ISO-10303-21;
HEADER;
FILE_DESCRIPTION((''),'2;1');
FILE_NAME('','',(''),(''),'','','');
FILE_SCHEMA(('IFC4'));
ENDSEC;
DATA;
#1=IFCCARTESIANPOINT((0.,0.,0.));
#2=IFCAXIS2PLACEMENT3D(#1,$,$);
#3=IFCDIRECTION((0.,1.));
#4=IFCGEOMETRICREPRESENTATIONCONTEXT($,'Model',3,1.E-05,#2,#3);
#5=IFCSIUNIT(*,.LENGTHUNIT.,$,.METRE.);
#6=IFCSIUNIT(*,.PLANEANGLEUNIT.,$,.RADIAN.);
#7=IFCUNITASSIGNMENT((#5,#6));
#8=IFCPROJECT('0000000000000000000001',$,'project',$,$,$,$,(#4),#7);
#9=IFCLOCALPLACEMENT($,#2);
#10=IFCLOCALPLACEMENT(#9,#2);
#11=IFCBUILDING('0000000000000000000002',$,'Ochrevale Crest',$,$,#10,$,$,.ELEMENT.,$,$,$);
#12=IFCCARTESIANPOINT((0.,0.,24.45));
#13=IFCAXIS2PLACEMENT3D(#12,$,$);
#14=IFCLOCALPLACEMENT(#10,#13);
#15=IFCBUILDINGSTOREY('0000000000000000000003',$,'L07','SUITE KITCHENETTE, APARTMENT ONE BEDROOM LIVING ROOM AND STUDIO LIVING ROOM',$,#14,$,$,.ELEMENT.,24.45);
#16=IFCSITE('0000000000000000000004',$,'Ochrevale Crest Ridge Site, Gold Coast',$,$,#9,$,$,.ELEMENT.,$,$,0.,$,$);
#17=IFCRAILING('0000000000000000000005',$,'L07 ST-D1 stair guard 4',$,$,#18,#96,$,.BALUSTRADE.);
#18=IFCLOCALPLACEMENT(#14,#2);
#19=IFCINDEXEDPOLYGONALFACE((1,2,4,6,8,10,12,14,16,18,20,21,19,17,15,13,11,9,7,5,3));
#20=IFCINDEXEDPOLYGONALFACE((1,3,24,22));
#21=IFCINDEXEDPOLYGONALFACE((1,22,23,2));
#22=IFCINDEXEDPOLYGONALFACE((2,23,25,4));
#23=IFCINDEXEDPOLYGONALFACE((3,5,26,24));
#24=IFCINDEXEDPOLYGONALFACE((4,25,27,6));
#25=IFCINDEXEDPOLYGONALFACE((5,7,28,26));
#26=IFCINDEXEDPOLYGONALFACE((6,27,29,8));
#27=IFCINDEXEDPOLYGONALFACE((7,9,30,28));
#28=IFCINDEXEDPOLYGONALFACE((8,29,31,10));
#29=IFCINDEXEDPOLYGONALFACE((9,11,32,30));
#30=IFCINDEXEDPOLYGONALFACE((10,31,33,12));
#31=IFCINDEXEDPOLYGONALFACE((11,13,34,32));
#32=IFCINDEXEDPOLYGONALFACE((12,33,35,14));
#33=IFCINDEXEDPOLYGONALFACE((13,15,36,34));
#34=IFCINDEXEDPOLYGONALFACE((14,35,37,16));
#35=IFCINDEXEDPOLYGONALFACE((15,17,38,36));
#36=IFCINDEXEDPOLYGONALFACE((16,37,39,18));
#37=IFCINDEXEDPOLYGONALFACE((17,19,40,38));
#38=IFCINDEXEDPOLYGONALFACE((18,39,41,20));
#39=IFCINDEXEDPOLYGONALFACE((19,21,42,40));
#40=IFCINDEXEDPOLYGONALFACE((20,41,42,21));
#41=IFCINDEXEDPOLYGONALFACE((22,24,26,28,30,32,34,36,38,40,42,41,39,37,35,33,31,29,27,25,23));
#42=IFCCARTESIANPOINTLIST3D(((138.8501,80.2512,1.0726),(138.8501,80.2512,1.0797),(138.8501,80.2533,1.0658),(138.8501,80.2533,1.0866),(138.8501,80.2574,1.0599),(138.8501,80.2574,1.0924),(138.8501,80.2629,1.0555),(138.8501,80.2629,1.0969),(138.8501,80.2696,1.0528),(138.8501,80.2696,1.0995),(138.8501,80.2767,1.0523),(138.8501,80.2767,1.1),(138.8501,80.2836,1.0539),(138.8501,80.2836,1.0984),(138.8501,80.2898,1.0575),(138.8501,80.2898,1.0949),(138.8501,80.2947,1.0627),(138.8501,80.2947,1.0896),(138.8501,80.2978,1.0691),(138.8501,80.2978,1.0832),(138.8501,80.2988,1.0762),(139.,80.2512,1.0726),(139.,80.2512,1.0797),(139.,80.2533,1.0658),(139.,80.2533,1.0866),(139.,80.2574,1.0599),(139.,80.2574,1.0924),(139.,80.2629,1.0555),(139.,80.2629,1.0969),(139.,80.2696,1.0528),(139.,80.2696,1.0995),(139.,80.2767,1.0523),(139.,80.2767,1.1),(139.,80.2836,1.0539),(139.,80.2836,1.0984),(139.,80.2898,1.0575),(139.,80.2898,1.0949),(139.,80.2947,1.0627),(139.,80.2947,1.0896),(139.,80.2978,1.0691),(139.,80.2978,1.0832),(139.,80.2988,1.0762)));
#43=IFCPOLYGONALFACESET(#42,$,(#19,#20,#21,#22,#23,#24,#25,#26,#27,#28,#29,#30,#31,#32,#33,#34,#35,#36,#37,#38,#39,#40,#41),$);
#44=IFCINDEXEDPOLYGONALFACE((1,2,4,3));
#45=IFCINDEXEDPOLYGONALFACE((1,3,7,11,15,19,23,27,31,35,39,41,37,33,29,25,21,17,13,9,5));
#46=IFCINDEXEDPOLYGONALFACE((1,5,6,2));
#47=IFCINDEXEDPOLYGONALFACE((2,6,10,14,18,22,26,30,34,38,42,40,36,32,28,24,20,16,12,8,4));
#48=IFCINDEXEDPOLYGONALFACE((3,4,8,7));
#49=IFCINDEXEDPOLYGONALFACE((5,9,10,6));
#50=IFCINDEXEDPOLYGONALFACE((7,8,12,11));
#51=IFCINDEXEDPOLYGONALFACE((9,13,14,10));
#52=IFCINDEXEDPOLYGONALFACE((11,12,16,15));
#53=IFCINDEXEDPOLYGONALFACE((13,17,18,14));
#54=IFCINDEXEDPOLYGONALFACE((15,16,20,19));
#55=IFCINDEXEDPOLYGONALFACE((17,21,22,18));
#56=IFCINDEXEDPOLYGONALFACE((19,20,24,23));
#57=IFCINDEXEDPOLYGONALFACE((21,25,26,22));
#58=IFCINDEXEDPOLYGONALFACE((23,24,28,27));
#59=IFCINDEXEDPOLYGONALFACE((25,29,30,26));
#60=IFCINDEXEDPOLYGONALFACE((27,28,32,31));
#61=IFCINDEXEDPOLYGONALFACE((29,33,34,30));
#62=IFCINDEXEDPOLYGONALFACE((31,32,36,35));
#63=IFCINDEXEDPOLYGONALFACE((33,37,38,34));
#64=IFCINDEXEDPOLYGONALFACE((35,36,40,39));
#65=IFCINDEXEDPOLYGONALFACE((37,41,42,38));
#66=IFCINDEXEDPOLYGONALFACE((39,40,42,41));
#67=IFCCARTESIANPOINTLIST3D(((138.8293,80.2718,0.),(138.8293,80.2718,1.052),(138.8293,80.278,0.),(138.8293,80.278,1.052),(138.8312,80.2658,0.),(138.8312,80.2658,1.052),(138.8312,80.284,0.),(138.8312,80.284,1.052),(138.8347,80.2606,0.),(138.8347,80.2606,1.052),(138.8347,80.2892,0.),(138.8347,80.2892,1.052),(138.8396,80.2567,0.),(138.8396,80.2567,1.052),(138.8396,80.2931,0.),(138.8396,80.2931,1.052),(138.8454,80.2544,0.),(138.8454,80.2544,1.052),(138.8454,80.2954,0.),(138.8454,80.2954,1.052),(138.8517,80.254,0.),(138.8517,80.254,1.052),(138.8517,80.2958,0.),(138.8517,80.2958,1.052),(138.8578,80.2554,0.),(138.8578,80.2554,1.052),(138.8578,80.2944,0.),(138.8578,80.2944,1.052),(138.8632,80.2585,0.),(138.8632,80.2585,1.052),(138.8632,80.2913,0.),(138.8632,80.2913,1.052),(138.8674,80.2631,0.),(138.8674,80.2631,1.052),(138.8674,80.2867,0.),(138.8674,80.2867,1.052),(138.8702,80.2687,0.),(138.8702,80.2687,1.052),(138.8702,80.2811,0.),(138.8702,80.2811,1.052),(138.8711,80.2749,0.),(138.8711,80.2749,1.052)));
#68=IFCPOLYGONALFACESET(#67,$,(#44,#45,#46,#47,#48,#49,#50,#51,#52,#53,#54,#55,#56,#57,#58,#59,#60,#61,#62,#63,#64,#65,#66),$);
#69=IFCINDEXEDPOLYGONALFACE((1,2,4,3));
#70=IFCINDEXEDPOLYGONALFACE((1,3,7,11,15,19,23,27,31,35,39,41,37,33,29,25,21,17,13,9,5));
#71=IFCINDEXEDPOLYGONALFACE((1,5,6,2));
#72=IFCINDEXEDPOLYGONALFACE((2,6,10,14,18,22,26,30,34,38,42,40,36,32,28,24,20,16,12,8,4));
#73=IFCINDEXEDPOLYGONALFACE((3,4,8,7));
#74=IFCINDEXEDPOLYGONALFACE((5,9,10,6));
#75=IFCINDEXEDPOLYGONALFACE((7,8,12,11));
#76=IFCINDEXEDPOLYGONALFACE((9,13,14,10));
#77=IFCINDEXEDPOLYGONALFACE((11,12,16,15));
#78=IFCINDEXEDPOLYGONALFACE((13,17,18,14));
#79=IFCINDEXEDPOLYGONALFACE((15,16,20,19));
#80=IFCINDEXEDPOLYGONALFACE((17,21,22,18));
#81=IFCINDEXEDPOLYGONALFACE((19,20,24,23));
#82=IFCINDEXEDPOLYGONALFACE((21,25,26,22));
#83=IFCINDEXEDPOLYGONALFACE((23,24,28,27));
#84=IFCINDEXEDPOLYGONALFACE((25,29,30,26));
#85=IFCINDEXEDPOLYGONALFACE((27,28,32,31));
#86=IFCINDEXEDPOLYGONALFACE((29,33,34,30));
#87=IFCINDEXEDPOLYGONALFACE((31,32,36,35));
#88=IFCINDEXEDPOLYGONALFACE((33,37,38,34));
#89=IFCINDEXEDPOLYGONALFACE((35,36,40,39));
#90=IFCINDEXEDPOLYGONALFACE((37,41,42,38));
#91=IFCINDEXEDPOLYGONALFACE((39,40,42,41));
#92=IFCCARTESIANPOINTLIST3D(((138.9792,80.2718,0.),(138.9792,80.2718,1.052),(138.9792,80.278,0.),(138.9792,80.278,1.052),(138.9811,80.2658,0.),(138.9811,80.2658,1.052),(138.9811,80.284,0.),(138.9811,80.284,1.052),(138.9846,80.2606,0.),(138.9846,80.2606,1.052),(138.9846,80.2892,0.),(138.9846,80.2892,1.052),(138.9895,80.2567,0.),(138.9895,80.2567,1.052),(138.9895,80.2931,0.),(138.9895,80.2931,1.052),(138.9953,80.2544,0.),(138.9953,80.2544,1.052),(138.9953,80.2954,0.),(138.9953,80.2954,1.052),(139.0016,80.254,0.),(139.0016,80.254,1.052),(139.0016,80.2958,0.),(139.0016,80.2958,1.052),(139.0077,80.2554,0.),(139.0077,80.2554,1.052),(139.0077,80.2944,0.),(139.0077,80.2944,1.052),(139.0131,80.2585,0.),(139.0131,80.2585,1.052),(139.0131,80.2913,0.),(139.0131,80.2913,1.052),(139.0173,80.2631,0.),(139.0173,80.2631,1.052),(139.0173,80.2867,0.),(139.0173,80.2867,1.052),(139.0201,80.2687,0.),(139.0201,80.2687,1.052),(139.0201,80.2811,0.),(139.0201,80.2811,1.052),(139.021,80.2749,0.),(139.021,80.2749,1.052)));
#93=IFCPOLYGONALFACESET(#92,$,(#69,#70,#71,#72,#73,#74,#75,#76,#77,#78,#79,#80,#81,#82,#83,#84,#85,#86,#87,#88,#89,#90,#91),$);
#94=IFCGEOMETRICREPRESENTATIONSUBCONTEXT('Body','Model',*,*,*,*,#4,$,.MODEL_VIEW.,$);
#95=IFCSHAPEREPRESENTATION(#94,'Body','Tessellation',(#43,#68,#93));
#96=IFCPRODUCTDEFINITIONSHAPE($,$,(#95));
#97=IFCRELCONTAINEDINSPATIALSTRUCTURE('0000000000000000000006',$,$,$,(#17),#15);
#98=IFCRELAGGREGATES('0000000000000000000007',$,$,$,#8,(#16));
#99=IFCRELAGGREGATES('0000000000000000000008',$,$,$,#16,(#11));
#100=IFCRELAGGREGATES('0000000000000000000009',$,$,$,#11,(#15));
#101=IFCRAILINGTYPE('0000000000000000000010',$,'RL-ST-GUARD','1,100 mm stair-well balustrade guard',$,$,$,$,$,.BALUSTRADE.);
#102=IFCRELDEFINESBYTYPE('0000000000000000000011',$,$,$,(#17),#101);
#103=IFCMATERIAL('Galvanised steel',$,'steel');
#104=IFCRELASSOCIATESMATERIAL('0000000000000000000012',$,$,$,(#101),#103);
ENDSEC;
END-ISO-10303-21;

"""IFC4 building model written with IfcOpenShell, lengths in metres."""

from ifc_helpers import new_model, si_unit, direction, frame, origin, origin_2d, place, context, subcontext, project, spatial, circle, extrude, material, type_object, element, save


model = new_model("IFC4")

# Units and contexts
model_context = context("Model", 3, precision=1e-05, world=origin(), true_north=direction((0.0, 1.0)))
body_context = subcontext(model_context, "Body", "Model", "MODEL_VIEW")
ifc_project = project(units=[si_unit("LENGTHUNIT", "METRE"), si_unit("PLANEANGLEUNIT", "RADIAN")], contexts=[model_context])

# Site, building, storey
site_placement = place(None, origin())
site = spatial("IfcSite", under=ifc_project, at=site_placement, Name="Ochrevale Crest Ridge Site, Gold Coast", CompositionType="ELEMENT", RefElevation=0.0)
building_placement = place(site_placement, origin())
building = spatial("IfcBuilding", under=site, at=building_placement, Name="Ochrevale Crest", CompositionType="ELEMENT")
storey_placement = place(building_placement, frame((0.0, 0.0, 24.45)))
storey = spatial("IfcBuildingStorey", under=building, at=storey_placement, Name="L07", Description="SUITE KITCHENETTE, APARTMENT ONE BEDROOM LIVING ROOM AND STUDIO LIVING ROOM", CompositionType="ELEMENT", Elevation=24.45)

# Railing
ifc_material_1 = material(Name="Galvanised steel", Category="steel")
railing_type_1 = type_object("IfcRailingType", Name="RL-ST-GUARD", Description="1,100 mm stair-well balustrade guard", PredefinedType="BALUSTRADE", material=ifc_material_1)
railing_1_placement = place(storey_placement, frame((138.8501, 80.2749, 0.0)))
element("IfcRailing", 1, at=railing_1_placement, inside=storey, type_object=railing_type_1, Name="L07 ST-D1 stair guard 4", PredefinedType="BALUSTRADE", context=body_context, shape_type="SweptSolid", body=[
    extrude(circle(Radius=0.0239, at=origin_2d()), frame((0.0, 0.0, 1.0762), z_axis=(1.0, 0.0, 0.0), x_axis=(0.0, 1.0, 0.0)), (0.0, 0.0, 1.0), 0.1499),
    extrude(circle(Radius=0.021, at=origin_2d()), origin(), (0.0, 0.0, 1.0), 1.052),
    extrude(circle(Radius=0.021, at=origin_2d()), frame((0.1499, 0.0, 0.0)), (0.0, 0.0, 1.0), 1.052),
])

save(model, "model.ifc")
